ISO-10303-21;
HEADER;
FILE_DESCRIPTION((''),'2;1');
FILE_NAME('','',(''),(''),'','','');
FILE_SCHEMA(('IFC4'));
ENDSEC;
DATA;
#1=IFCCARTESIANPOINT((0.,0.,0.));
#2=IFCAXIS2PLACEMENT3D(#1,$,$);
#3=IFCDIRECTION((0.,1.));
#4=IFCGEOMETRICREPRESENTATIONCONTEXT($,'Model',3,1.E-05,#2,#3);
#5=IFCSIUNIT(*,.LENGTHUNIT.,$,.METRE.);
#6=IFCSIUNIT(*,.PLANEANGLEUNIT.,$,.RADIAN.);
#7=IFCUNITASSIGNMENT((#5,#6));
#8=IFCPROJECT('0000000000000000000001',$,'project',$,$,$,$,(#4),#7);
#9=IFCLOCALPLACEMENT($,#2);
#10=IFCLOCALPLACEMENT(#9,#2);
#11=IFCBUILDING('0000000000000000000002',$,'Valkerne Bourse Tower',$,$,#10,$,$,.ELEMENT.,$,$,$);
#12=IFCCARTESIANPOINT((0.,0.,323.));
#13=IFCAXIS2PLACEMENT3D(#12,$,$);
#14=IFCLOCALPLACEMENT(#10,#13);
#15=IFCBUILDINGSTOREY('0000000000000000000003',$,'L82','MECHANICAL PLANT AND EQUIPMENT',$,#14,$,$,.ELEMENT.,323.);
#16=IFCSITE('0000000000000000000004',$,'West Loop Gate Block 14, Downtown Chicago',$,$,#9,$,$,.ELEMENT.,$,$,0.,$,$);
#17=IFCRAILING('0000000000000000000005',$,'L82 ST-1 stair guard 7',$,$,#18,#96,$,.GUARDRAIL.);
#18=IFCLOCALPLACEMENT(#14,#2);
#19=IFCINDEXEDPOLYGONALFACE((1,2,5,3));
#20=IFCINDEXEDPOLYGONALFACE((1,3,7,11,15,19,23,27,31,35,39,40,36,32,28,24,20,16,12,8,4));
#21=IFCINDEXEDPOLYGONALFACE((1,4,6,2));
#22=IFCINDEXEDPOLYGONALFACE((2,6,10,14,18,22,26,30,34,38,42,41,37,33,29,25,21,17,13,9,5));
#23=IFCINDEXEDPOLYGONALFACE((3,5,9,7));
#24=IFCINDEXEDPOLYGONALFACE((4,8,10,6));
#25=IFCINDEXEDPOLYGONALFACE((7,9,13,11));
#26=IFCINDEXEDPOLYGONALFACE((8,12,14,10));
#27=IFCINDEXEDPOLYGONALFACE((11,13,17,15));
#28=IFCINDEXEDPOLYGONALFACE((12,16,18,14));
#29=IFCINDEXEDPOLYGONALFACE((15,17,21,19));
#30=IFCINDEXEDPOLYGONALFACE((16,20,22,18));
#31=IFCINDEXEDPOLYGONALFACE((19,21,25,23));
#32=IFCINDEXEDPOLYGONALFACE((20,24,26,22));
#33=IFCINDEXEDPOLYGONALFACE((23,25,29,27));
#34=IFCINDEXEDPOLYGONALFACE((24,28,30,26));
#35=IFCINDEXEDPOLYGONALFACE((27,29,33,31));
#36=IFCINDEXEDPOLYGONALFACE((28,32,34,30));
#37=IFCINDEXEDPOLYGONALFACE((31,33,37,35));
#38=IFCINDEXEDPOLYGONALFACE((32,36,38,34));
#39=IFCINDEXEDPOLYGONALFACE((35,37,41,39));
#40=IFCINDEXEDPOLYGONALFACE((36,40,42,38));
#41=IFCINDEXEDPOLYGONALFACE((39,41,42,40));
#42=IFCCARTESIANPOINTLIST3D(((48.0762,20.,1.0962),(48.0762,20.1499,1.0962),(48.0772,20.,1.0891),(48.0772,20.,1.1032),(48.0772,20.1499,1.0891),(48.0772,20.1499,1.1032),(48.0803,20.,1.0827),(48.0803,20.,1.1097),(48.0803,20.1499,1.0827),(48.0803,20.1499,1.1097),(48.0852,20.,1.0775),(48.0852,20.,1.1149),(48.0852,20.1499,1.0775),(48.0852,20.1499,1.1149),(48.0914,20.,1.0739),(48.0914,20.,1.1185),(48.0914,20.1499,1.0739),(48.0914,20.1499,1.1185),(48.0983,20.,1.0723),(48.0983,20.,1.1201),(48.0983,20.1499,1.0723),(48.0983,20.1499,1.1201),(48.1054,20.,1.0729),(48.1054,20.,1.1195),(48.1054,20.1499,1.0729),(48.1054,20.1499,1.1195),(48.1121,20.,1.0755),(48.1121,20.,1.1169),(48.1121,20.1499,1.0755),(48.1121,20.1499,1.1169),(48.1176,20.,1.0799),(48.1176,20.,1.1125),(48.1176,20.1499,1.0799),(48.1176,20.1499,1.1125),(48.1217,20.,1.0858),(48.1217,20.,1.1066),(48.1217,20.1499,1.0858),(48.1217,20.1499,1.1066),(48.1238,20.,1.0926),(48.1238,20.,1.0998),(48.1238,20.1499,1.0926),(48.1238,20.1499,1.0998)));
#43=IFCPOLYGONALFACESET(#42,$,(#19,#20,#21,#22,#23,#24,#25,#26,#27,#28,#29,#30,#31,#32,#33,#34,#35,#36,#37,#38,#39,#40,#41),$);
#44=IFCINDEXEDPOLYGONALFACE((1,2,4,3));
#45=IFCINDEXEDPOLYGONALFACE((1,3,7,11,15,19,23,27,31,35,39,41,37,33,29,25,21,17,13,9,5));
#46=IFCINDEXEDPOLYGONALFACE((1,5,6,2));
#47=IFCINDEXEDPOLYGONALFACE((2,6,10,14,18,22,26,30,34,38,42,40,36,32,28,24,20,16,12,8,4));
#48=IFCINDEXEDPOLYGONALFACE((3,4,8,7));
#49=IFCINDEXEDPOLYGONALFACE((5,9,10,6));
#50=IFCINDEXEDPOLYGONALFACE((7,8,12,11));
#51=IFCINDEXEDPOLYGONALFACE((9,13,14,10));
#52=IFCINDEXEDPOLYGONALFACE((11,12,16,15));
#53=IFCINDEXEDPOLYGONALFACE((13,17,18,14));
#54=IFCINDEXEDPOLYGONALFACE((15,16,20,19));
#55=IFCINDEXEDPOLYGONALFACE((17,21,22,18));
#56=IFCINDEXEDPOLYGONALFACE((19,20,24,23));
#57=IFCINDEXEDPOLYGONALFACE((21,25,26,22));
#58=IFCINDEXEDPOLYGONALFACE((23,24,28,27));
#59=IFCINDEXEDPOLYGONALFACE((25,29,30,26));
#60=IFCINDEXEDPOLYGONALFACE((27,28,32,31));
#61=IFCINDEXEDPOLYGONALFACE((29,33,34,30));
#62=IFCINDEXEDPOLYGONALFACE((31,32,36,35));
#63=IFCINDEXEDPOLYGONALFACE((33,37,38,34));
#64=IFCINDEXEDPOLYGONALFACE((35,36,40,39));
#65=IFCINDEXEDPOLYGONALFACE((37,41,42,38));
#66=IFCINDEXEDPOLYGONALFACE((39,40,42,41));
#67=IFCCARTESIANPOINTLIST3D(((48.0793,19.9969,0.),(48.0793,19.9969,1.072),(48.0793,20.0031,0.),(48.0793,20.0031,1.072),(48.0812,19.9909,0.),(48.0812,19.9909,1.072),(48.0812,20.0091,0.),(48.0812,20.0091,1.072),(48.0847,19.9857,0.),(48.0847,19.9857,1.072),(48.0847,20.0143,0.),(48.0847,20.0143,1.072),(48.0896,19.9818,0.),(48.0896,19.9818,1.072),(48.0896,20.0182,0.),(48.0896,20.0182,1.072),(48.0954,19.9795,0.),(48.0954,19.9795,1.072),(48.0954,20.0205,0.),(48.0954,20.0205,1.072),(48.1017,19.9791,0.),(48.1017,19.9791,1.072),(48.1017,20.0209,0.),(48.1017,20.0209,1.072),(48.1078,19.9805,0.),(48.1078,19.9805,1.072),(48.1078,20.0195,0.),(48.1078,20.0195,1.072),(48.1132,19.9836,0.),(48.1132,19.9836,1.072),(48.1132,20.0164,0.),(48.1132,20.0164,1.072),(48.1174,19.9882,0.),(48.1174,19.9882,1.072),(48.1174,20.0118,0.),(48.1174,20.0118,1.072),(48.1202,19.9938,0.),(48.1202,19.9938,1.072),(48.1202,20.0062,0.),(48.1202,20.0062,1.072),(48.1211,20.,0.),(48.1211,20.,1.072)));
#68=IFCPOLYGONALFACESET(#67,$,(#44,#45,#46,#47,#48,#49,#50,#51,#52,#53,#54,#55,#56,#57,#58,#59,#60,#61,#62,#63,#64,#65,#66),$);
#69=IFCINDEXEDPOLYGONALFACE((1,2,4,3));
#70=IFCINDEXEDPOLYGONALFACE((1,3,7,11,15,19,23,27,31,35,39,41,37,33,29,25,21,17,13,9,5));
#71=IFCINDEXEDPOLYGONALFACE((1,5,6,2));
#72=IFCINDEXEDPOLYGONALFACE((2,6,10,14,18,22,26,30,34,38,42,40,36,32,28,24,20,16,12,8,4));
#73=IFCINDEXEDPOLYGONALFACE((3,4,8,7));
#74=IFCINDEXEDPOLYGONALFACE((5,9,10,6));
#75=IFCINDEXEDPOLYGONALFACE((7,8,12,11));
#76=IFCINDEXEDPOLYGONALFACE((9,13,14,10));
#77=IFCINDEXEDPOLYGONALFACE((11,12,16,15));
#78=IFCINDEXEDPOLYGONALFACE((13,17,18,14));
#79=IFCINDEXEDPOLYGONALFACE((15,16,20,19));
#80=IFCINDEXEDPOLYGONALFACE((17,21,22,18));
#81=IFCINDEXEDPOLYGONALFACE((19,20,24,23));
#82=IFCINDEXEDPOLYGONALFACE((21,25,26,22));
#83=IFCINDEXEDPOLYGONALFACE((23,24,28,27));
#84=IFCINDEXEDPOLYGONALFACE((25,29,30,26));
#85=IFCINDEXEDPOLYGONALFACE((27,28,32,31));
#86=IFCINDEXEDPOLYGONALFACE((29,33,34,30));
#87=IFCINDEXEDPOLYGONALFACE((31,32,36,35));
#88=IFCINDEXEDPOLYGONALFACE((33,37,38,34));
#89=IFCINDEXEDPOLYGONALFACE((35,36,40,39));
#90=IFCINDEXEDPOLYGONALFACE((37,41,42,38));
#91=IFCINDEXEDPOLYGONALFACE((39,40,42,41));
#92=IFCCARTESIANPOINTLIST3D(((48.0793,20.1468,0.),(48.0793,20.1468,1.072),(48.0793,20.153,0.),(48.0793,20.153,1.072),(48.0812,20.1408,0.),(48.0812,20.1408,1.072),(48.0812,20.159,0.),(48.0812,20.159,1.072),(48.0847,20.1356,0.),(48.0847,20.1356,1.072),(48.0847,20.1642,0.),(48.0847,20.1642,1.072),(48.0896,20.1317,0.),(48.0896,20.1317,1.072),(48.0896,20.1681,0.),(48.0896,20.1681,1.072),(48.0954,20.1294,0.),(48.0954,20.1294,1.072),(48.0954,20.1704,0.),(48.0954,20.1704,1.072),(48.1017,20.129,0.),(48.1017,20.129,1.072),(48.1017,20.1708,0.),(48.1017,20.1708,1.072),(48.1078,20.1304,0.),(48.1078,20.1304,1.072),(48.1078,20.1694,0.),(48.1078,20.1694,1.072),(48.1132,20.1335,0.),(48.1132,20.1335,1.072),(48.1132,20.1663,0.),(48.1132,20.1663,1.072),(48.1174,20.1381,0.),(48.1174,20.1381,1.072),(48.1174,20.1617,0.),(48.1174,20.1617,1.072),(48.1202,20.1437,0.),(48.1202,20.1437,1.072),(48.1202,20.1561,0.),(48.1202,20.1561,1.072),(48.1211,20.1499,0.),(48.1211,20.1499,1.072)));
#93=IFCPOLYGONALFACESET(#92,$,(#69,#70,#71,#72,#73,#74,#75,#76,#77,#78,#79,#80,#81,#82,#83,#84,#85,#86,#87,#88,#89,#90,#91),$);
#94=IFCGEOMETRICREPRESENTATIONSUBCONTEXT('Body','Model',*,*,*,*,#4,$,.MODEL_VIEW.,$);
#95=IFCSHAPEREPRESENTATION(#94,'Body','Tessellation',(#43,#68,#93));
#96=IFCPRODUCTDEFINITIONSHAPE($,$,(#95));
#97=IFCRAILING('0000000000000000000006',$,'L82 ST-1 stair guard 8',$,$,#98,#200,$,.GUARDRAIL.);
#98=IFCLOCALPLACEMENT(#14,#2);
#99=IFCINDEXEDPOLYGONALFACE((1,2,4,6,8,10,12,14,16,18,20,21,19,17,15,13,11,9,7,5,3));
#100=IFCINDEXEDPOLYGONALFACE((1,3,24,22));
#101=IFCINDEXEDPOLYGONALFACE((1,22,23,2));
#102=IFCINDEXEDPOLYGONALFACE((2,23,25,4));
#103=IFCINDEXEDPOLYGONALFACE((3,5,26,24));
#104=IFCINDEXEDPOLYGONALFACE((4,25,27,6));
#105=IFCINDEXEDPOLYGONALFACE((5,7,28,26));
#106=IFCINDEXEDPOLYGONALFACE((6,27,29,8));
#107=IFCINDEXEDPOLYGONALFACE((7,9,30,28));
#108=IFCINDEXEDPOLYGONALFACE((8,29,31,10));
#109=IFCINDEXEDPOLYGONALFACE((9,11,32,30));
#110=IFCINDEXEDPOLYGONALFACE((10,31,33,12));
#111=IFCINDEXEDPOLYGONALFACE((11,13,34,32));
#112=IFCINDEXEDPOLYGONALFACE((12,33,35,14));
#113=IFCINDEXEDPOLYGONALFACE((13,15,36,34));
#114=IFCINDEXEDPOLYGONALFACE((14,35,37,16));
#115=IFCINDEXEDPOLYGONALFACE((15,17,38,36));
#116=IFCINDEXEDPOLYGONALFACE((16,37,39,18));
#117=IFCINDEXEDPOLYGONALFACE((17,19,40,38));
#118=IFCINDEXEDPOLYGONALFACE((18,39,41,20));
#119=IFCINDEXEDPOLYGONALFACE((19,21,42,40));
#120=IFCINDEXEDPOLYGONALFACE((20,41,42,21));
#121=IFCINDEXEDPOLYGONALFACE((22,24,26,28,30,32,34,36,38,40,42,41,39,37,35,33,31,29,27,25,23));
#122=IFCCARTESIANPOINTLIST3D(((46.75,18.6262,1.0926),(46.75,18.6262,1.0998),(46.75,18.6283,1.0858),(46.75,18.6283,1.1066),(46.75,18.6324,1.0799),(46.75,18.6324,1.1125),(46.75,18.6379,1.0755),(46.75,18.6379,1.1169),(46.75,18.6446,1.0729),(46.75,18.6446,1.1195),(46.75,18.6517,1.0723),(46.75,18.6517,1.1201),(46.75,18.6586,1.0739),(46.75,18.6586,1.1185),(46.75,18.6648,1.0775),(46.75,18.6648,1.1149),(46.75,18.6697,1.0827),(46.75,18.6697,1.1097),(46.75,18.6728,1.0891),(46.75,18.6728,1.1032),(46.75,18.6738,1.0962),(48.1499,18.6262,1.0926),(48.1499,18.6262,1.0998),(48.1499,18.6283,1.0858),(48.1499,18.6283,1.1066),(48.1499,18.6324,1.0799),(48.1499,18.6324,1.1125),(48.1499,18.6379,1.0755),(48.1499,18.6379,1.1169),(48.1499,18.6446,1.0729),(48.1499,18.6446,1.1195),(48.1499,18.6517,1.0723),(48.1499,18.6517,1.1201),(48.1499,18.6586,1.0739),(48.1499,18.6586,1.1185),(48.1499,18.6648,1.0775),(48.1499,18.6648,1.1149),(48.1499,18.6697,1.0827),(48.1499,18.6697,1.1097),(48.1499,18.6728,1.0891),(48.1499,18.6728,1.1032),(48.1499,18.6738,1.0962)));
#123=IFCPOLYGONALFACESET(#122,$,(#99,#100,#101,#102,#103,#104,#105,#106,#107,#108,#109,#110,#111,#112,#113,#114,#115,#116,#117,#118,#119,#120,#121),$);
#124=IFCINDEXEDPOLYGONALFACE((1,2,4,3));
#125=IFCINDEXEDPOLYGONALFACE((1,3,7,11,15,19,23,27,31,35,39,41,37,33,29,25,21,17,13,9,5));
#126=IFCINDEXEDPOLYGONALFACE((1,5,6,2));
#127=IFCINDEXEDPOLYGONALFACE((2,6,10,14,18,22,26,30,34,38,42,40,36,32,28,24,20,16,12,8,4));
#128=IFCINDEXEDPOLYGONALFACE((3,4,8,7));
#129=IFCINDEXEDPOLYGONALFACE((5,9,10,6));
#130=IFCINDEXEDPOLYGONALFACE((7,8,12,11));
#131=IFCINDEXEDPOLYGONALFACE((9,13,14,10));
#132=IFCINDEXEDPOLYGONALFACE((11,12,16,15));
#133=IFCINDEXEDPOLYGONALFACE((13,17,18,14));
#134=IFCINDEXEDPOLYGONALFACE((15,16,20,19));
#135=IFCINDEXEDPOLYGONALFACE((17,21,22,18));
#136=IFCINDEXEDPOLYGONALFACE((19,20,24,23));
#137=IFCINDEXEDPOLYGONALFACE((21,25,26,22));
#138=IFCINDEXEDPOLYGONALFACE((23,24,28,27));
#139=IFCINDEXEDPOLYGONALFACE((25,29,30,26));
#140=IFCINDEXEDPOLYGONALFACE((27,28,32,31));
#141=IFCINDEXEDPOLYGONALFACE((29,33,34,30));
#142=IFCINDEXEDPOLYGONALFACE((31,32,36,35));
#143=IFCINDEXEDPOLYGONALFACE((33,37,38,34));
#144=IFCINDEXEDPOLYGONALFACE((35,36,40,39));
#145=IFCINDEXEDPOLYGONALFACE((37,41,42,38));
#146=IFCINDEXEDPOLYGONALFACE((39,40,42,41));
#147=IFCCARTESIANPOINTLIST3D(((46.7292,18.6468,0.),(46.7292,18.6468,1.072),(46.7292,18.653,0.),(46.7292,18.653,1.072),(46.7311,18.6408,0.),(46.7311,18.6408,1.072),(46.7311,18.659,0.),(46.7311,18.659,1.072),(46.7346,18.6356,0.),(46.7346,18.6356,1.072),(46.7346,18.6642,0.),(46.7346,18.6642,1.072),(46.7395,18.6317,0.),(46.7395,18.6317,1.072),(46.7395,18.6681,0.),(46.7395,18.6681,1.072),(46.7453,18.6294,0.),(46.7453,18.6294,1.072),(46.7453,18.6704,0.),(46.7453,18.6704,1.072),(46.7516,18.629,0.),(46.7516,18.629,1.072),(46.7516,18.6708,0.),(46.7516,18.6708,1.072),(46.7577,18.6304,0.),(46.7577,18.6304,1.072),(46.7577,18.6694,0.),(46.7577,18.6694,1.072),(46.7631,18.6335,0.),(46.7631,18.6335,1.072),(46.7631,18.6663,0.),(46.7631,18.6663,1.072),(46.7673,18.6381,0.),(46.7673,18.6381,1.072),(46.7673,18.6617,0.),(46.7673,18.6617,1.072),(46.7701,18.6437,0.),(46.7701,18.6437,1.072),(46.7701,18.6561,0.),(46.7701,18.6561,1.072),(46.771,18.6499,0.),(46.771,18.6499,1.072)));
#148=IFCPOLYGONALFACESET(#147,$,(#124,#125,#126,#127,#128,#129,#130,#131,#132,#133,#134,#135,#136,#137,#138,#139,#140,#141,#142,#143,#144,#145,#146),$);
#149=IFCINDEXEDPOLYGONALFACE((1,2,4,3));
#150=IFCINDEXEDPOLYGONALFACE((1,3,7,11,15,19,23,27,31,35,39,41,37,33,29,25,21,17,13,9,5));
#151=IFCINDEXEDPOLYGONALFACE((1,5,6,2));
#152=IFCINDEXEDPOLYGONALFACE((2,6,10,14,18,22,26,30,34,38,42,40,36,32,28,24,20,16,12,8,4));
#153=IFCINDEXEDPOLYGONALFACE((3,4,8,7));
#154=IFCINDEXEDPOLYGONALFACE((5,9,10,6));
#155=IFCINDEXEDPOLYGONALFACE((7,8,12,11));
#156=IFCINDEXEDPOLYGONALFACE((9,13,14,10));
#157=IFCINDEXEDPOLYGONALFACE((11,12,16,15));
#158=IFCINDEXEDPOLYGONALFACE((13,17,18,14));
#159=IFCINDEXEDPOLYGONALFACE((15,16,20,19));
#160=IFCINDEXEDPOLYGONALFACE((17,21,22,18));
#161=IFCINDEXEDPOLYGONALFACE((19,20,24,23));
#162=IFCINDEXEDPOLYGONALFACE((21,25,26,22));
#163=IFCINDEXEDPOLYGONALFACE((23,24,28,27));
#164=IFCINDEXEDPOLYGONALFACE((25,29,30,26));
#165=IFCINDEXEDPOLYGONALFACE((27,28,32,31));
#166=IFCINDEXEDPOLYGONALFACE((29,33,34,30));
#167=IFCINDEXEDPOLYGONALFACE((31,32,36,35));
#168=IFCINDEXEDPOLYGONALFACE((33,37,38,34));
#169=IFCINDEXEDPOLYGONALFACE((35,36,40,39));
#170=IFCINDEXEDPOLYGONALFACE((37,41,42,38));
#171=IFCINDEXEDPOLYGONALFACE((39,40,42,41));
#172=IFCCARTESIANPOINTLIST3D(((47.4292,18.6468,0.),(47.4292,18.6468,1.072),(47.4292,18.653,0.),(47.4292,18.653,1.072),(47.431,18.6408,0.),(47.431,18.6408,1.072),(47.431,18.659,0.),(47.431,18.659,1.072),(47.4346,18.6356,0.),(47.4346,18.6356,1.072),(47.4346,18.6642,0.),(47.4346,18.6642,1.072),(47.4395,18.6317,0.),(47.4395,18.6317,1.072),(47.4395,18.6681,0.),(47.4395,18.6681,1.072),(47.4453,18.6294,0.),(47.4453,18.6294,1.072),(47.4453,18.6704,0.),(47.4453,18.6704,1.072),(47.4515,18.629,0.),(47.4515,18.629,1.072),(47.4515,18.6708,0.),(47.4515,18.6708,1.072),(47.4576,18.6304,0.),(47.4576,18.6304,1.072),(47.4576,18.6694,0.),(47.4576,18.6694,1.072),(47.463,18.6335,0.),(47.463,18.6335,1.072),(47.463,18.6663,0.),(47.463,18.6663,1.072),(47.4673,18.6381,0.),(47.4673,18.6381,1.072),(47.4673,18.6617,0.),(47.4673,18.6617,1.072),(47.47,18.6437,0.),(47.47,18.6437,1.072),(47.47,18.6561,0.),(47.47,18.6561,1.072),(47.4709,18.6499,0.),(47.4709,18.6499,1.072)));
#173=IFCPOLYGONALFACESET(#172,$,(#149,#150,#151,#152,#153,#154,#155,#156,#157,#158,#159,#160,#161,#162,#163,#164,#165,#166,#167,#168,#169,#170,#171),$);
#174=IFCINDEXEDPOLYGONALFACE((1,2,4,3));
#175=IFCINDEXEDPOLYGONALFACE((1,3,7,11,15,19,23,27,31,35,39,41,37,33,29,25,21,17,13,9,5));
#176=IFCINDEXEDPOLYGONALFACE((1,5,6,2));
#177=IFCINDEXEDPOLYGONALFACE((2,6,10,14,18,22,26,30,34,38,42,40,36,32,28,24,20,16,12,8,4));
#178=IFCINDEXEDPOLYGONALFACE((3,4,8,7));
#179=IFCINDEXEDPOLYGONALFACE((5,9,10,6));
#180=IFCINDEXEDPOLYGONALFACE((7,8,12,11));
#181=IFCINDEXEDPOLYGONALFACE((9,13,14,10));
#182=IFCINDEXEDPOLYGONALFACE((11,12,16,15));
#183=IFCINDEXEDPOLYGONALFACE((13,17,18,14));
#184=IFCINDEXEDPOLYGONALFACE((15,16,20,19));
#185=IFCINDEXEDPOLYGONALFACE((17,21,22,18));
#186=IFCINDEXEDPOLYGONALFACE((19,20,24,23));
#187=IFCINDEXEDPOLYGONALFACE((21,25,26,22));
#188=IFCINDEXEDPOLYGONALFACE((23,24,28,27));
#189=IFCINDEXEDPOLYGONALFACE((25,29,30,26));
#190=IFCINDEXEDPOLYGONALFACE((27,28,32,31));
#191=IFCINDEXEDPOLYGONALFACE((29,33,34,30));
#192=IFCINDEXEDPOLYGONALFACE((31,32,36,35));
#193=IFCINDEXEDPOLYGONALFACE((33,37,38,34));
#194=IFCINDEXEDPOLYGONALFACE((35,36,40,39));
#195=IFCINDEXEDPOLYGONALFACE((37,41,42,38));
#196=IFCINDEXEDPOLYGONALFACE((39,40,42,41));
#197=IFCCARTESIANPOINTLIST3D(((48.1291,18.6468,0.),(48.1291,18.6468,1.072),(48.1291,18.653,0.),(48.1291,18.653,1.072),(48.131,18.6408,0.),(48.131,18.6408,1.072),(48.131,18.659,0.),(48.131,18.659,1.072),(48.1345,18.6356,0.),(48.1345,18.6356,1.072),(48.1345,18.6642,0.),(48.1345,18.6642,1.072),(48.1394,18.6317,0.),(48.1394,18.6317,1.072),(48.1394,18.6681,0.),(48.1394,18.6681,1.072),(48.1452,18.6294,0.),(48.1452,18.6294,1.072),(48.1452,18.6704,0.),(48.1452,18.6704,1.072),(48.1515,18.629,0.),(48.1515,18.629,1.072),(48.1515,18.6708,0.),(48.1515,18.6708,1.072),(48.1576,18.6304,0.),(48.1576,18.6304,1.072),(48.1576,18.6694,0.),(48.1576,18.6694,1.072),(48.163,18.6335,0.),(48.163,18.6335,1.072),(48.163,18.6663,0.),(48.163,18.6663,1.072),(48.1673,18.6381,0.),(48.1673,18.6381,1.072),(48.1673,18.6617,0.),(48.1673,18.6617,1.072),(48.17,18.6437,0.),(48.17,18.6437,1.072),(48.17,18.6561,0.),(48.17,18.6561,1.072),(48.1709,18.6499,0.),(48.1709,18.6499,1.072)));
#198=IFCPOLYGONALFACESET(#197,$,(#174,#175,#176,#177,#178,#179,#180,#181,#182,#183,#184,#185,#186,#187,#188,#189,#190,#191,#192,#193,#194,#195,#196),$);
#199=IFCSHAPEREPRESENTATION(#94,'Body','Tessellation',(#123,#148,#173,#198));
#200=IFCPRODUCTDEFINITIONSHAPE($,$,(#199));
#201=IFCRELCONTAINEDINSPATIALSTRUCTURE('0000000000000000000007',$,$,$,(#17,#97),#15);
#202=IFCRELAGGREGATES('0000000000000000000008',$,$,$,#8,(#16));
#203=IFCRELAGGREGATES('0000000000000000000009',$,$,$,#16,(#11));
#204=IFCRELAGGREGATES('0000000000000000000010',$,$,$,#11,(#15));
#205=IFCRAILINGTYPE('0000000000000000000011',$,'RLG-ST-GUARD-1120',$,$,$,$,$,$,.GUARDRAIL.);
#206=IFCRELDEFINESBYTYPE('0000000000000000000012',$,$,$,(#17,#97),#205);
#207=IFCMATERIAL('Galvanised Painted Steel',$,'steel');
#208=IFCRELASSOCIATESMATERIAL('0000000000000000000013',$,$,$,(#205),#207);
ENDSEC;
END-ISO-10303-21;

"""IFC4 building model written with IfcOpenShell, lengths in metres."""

from ifc_helpers import new_model, si_unit, direction, frame, origin, origin_2d, place, context, subcontext, project, spatial, circle, extrude, material, type_object, element, save


model = new_model("IFC4")

# Units and contexts
model_context = context("Model", 3, precision=1e-05, world=origin(), true_north=direction((0.0, 1.0)))
body_context = subcontext(model_context, "Body", "Model", "MODEL_VIEW")
ifc_project = project(units=[si_unit("LENGTHUNIT", "METRE"), si_unit("PLANEANGLEUNIT", "RADIAN")], contexts=[model_context])

# Site, building, storey
site_placement = place(None, origin())
site = spatial("IfcSite", under=ifc_project, at=site_placement, Name="West Loop Gate Block 14, Downtown Chicago", CompositionType="ELEMENT", RefElevation=0.0)
building_placement = place(site_placement, origin())
building = spatial("IfcBuilding", under=site, at=building_placement, Name="Valkerne Bourse Tower", CompositionType="ELEMENT")
storey_placement = place(building_placement, frame((0.0, 0.0, 323.0)))
storey = spatial("IfcBuildingStorey", under=building, at=storey_placement, Name="L82", Description="MECHANICAL PLANT AND EQUIPMENT", CompositionType="ELEMENT", Elevation=323.0)

# Railings
ifc_material_1 = material(Name="Galvanised Painted Steel", Category="steel")
railing_type_1 = type_object("IfcRailingType", Name="RLG-ST-GUARD-1120", PredefinedType="GUARDRAIL", material=ifc_material_1)
railing_1_placement = place(storey_placement, frame((48.1001, 20.0, 0.0)))
element("IfcRailing", 1, at=railing_1_placement, inside=storey, type_object=railing_type_1, Name="L82 ST-1 stair guard 7", PredefinedType="GUARDRAIL", context=body_context, shape_type="SweptSolid", body=[
    extrude(circle(Radius=0.0239, at=origin_2d()), frame((0.0, 0.0, 1.0962), z_axis=(0.0, 1.0, 0.0), x_axis=(-1.0, 0.0, 0.0)), (0.0, 0.0, 1.0), 0.1499),
    extrude(circle(Radius=0.021, at=origin_2d()), origin(), (0.0, 0.0, 1.0), 1.072),
    extrude(circle(Radius=0.021, at=origin_2d()), frame((0.0, 0.1499, 0.0)), (0.0, 0.0, 1.0), 1.072),
])
for number, where, name in (
    (2, (46.75, 18.6499, 0.0), "L82 ST-1 stair guard 8"),
):
    element("IfcRailing", number, at=place(storey_placement, frame(where)), inside=storey, type_object=railing_type_1, Name=name, PredefinedType="GUARDRAIL", context=body_context, shape_type="SweptSolid", body=[
        extrude(circle(Radius=0.0239, at=origin_2d()), frame((0.0, 0.0, 1.0962), z_axis=(1.0, 0.0, 0.0), x_axis=(0.0, 1.0, 0.0)), (0.0, 0.0, 1.0), 1.3999),
        extrude(circle(Radius=0.021, at=origin_2d()), origin(), (0.0, 0.0, 1.0), 1.072),
        extrude(circle(Radius=0.021, at=origin_2d()), frame((0.7, 0.0, 0.0)), (0.0, 0.0, 1.0), 1.072),
        extrude(circle(Radius=0.021, at=origin_2d()), frame((1.3999, 0.0, 0.0)), (0.0, 0.0, 1.0), 1.072),
    ])

save(model, "model.ifc")
